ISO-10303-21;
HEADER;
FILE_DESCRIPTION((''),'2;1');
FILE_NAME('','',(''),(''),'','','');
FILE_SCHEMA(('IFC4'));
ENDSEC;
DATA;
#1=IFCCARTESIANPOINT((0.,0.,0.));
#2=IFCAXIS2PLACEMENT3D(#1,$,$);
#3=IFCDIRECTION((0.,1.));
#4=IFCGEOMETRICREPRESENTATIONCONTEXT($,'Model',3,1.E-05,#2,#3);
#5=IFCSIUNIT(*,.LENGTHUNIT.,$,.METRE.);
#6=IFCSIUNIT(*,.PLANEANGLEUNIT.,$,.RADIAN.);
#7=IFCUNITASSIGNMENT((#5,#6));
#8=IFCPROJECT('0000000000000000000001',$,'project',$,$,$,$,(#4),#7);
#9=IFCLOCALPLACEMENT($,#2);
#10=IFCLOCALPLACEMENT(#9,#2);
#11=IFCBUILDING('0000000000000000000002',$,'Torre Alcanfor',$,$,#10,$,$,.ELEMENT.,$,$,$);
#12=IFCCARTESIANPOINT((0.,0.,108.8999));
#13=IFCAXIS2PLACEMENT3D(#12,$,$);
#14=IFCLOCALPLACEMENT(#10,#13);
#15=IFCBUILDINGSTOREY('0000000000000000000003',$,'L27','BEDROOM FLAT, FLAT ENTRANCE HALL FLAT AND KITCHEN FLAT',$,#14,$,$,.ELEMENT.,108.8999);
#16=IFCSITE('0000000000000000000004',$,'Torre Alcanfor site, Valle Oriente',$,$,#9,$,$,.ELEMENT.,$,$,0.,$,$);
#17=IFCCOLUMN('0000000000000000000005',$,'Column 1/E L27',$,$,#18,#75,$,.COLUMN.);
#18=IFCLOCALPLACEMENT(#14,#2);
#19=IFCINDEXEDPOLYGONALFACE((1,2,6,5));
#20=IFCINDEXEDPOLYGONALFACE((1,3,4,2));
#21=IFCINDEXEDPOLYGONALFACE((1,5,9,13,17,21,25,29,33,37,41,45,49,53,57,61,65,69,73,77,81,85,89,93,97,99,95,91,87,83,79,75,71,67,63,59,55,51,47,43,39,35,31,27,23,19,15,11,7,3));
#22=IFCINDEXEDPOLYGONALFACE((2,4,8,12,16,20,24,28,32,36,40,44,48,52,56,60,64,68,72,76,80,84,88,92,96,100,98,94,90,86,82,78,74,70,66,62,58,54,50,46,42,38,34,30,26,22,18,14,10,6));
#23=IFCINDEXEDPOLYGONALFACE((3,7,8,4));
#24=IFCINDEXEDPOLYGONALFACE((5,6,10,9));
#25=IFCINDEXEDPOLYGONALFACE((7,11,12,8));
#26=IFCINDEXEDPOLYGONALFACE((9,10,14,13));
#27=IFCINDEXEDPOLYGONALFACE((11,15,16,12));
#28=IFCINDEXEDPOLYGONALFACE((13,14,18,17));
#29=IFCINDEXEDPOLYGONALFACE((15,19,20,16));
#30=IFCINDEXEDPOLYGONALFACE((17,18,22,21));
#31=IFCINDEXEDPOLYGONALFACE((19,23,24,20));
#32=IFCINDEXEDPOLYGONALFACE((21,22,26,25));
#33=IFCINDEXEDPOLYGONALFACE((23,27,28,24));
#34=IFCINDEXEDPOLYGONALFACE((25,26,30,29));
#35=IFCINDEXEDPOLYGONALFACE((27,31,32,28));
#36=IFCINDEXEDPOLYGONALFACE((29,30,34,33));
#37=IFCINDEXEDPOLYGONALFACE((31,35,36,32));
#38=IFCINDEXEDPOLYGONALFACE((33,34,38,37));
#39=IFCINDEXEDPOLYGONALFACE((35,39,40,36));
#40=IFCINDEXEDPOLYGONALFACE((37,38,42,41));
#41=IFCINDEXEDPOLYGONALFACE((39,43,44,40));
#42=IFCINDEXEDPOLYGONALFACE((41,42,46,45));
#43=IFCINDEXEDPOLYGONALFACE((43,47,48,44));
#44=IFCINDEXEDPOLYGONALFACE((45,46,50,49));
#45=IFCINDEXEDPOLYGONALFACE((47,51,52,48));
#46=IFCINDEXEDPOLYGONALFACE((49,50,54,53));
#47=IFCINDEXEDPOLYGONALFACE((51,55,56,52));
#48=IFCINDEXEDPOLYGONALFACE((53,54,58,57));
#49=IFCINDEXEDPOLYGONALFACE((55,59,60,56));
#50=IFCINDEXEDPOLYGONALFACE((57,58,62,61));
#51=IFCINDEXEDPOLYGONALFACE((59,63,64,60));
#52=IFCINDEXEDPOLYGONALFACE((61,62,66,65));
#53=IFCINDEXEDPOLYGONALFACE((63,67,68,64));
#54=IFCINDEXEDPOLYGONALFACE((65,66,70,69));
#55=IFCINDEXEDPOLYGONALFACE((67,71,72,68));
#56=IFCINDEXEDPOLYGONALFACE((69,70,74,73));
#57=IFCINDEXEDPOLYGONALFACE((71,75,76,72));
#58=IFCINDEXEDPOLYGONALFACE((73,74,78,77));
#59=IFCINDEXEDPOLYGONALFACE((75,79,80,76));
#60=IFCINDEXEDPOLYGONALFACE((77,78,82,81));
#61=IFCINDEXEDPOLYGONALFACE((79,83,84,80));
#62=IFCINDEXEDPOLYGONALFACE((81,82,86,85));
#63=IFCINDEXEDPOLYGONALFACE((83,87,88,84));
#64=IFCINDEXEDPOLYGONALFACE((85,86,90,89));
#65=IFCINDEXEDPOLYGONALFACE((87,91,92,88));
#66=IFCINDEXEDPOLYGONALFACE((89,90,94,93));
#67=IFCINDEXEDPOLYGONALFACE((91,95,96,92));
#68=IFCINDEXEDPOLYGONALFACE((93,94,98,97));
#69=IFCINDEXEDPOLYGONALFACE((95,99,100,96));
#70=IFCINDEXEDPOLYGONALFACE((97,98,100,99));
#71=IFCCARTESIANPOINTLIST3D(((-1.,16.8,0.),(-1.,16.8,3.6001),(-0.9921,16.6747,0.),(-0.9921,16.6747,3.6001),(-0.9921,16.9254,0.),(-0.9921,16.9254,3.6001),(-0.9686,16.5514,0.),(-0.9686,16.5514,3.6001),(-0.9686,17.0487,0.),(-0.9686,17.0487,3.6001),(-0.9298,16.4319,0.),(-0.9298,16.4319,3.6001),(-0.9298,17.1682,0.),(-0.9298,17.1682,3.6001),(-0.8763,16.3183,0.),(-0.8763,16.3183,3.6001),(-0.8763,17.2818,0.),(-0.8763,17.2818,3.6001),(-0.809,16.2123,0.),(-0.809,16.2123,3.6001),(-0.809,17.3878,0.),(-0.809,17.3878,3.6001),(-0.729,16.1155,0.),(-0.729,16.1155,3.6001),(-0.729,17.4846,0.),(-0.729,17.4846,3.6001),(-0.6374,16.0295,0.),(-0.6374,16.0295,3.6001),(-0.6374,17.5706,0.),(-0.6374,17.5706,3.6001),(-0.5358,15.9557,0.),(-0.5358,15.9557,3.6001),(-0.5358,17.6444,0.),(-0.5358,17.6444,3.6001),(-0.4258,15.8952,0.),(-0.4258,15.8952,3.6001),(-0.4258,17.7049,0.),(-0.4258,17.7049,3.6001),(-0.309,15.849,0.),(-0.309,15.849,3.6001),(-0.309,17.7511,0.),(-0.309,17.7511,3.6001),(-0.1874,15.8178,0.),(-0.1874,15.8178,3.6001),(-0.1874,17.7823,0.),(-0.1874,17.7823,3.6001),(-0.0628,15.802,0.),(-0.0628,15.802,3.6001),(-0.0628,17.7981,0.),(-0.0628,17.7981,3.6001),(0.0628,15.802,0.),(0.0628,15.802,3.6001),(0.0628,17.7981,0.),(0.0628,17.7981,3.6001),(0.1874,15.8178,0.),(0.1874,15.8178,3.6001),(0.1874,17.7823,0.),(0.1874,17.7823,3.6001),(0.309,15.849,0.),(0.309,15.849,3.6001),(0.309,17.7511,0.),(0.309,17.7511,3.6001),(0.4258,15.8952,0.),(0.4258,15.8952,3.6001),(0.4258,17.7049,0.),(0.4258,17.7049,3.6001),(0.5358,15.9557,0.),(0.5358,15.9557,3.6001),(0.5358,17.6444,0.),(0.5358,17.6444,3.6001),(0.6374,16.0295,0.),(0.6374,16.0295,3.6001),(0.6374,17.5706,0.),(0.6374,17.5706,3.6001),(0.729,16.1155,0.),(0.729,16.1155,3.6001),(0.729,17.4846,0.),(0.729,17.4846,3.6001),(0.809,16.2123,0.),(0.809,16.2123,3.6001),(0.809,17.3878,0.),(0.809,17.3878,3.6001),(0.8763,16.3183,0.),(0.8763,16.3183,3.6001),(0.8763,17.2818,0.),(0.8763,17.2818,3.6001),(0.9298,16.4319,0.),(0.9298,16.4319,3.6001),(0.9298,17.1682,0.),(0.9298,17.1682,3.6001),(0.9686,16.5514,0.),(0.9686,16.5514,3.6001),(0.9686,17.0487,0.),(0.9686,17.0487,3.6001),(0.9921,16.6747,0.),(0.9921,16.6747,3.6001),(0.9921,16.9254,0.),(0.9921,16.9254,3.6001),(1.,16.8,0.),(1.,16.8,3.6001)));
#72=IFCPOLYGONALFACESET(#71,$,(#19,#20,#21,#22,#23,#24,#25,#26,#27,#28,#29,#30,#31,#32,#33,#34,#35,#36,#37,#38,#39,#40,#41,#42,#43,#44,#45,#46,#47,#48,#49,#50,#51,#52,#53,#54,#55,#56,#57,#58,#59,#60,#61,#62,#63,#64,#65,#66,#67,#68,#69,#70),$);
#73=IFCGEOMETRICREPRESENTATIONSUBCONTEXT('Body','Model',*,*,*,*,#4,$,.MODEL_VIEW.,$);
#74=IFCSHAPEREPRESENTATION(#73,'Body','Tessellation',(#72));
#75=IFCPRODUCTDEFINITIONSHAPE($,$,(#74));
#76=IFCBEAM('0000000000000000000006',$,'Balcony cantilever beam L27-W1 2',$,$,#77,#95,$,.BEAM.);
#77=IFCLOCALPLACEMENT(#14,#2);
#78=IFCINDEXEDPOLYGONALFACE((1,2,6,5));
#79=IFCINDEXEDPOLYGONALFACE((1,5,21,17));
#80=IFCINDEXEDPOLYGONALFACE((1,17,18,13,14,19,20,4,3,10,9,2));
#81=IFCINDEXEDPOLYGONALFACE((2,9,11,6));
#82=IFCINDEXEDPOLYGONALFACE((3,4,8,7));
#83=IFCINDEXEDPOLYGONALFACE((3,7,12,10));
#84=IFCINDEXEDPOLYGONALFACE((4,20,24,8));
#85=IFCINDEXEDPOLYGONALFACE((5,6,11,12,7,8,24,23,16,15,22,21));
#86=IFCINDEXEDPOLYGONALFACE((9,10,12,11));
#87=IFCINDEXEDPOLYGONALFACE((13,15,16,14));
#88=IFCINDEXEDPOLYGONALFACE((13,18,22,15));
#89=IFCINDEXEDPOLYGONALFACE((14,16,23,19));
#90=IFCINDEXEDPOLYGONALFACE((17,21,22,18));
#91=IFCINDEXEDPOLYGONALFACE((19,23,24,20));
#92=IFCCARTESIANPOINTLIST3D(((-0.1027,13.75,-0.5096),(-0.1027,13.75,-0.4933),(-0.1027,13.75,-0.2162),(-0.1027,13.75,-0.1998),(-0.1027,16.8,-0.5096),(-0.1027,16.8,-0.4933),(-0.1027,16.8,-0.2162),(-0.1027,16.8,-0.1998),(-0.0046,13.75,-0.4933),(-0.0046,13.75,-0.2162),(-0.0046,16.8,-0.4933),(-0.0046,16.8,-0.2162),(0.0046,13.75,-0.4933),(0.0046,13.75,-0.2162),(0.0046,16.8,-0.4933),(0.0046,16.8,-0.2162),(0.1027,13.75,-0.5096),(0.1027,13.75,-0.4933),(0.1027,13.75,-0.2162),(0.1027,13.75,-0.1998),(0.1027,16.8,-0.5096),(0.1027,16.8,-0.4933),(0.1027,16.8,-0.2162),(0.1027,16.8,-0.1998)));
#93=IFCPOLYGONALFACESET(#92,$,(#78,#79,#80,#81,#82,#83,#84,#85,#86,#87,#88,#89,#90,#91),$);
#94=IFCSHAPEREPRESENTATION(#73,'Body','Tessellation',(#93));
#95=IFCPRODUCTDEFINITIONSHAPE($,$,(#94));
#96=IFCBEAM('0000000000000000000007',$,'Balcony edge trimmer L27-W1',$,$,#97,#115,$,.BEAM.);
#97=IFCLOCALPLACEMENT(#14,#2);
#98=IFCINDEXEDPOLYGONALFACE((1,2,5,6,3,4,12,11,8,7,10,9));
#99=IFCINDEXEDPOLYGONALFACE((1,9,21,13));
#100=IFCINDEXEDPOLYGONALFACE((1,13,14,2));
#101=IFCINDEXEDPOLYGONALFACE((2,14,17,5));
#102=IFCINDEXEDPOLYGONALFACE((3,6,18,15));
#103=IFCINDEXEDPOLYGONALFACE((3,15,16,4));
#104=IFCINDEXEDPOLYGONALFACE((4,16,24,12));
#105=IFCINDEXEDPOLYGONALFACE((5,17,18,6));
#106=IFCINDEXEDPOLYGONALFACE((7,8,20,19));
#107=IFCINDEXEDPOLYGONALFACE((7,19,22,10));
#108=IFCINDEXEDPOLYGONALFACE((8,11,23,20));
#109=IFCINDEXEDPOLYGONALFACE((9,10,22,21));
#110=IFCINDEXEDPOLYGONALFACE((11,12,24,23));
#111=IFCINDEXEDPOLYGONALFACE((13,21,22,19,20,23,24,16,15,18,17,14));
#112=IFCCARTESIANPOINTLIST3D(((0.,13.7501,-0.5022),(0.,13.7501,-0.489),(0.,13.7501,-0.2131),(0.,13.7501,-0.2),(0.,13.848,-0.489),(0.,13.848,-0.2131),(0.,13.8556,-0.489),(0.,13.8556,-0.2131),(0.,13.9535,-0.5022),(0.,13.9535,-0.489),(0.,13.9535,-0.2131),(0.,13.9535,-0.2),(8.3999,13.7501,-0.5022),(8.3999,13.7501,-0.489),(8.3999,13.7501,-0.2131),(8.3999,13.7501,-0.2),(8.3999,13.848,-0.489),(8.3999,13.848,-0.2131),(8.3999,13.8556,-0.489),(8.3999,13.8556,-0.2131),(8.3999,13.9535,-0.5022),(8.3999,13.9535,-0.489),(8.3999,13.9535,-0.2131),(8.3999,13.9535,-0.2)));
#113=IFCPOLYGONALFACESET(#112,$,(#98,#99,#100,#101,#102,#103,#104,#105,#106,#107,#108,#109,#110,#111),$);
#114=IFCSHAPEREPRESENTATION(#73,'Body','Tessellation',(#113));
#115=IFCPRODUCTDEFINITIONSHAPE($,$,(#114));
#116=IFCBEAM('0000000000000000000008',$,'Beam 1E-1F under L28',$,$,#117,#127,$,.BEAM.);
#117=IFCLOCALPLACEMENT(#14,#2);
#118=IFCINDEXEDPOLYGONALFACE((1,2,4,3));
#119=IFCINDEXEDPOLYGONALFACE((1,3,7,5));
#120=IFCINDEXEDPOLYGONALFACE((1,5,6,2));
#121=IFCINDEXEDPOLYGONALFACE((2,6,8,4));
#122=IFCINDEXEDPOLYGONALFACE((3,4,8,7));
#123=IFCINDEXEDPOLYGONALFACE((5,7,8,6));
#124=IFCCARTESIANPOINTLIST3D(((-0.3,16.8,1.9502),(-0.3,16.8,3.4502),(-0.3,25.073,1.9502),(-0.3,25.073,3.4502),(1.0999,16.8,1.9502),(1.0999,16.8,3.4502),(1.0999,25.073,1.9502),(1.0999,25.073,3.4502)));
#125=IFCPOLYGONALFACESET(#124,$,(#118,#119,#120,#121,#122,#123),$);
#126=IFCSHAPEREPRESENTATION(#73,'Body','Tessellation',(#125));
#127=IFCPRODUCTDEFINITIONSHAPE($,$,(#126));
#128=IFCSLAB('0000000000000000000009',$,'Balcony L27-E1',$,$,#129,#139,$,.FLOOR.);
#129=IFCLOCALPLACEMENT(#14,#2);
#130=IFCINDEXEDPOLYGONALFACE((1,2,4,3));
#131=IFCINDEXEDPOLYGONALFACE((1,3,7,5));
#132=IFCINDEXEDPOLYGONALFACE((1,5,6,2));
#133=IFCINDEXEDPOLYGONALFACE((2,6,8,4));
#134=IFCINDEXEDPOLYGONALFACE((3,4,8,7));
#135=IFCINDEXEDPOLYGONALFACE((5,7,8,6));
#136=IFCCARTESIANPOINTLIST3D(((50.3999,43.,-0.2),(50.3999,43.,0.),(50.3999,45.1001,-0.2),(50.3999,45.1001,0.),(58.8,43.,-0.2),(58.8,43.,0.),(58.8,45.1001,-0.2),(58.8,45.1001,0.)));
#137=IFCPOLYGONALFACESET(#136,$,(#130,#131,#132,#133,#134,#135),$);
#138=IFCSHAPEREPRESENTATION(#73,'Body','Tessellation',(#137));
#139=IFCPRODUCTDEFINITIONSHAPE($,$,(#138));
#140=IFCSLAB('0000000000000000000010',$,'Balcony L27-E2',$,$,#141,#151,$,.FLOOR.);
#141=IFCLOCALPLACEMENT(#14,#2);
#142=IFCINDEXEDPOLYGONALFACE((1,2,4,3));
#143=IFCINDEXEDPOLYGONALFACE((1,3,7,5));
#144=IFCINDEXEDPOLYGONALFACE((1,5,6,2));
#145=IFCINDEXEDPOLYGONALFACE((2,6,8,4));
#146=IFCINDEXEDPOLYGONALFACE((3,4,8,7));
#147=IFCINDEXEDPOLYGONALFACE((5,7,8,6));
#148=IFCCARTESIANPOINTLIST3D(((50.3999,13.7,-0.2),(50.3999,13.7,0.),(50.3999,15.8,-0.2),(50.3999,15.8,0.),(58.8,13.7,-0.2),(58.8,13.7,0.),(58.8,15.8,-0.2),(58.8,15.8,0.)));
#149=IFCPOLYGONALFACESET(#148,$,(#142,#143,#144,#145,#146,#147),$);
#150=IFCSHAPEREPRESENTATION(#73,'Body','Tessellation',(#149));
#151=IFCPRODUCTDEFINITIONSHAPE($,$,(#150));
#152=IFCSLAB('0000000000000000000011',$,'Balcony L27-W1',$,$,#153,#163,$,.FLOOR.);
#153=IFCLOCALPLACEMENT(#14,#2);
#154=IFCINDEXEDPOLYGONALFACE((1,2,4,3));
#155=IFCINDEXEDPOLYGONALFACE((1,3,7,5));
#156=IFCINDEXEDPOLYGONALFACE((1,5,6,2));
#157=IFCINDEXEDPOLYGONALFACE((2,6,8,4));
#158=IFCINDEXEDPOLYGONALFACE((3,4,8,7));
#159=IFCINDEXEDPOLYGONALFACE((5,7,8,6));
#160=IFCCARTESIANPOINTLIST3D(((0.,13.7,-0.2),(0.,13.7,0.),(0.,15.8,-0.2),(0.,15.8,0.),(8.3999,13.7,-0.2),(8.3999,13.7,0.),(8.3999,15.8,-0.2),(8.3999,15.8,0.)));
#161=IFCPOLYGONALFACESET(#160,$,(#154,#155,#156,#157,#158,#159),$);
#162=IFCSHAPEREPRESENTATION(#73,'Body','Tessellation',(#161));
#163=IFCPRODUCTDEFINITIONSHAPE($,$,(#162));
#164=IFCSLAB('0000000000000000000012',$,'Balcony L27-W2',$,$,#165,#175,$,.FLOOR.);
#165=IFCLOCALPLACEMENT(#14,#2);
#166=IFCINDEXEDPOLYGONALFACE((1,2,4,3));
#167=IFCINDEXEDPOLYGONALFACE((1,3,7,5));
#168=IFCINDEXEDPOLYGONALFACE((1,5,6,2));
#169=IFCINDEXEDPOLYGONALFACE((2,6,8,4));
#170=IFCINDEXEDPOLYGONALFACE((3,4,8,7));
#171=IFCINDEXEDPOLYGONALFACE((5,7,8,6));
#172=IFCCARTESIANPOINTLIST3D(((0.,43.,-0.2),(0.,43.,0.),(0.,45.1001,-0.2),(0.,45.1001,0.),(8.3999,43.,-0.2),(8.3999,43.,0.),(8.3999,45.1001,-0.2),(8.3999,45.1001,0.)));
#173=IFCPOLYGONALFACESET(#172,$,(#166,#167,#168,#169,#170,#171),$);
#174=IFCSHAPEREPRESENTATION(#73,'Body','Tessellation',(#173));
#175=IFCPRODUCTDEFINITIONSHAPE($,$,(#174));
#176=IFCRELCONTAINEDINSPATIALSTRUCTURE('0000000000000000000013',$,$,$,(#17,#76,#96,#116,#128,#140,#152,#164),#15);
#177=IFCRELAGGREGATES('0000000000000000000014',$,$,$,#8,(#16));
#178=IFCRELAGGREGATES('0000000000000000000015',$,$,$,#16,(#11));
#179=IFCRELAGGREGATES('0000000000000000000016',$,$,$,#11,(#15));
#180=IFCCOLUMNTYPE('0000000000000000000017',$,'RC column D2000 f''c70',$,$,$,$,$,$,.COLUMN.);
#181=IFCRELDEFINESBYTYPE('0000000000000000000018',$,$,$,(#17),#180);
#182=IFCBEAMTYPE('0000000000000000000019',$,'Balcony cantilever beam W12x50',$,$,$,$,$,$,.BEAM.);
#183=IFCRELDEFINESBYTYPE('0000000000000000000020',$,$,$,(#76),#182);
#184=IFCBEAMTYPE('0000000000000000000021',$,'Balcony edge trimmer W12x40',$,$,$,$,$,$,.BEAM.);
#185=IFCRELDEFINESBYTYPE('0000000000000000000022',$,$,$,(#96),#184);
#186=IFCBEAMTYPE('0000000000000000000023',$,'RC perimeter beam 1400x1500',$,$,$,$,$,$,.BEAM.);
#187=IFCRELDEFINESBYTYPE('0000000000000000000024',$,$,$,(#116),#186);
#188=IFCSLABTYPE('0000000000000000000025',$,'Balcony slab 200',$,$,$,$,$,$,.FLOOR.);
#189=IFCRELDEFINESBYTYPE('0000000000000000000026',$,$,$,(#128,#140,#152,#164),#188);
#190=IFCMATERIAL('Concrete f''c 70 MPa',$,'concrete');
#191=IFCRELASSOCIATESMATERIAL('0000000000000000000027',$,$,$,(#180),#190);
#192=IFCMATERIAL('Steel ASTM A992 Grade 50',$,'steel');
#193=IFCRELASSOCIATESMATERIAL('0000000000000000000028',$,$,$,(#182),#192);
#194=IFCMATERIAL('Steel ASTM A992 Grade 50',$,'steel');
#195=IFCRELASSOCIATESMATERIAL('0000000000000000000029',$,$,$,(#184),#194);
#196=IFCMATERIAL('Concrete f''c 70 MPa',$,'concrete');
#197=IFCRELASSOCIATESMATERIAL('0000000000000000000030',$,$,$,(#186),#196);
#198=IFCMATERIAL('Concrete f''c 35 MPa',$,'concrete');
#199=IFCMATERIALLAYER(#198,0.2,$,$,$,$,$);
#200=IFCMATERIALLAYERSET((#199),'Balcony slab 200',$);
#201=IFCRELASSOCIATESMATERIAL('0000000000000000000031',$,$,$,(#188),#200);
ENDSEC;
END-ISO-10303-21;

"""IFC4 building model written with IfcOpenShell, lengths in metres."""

from ifc_helpers import new_model, si_unit, direction, frame, origin, origin_2d, place, context, subcontext, project, spatial, polyline, rectangle, circle, i_section, outline, extrude, material, layer, layer_set, material_profile, profile_set, type_object, element, save


model = new_model("IFC4")

# Units and contexts
model_context = context("Model", 3, precision=1e-05, world=origin(), true_north=direction((0.0, 1.0)))
body_context = subcontext(model_context, "Body", "Model", "MODEL_VIEW")
ifc_project = project(units=[si_unit("LENGTHUNIT", "METRE"), si_unit("PLANEANGLEUNIT", "RADIAN")], contexts=[model_context])

# Site, building, storey
site_placement = place(None, origin())
site = spatial("IfcSite", under=ifc_project, at=site_placement, Name="Torre Alcanfor site, Valle Oriente", CompositionType="ELEMENT", RefElevation=0.0)
building_placement = place(site_placement, origin())
building = spatial("IfcBuilding", under=site, at=building_placement, Name="Torre Alcanfor", CompositionType="ELEMENT")
storey_placement = place(building_placement, frame((0.0, 0.0, 108.8999)))
storey = spatial("IfcBuildingStorey", under=building, at=storey_placement, Name="L27", Description="BEDROOM FLAT, FLAT ENTRANCE HALL FLAT AND KITCHEN FLAT", CompositionType="ELEMENT", Elevation=108.8999)

# Column
ifc_material_1 = material(Name="Concrete f'c 70 MPa", Category="concrete")
ifc_material_profile_1 = material_profile(ifc_material_1, circle(Radius=1.0, at=origin_2d()), Name="D2000")
ifc_profile_set_1 = profile_set([ifc_material_profile_1], Name="Concrete f'c 70 MPa")
column_type = type_object("IfcColumnType", Name="RC column D2000 f'c70", PredefinedType="COLUMN", material=ifc_profile_set_1)
column_placement = place(storey_placement, frame((0.0, 16.8, 0.0), z_axis=(0.0, 0.0, 1.0), x_axis=(1.0, 0.0, 0.0)))
element("IfcColumn", 1, at=column_placement, inside=storey, type_object=column_type, Name="Column 1/E L27", PredefinedType="COLUMN", context=body_context, shape_type="SweptSolid", body=[
    extrude(circle(Radius=1.0, at=origin_2d()), origin(), (0.0, 0.0, 1.0), 3.6001),
])

# Beams
ifc_material_2 = material(Name="Steel ASTM A992 Grade 50", Category="steel")
ifc_material_profile_2 = material_profile(ifc_material_2, i_section(OverallWidth=0.2053, OverallDepth=0.3098, WebThickness=0.0093, FlangeThickness=0.0164, at=origin_2d()), Name="W12x50")
ifc_profile_set_2 = profile_set([ifc_material_profile_2], Name="Steel ASTM A992 Grade 50")
beam_type_1 = type_object("IfcBeamType", Name="Balcony cantilever beam W12x50", PredefinedType="BEAM", material=ifc_profile_set_2)
beam_1_placement = place(storey_placement, frame((0.0, 16.8, -0.3547), z_axis=(0.0, -1.0, 0.0), x_axis=(1.0, 0.0, 0.0)))
element("IfcBeam", 2, at=beam_1_placement, inside=storey, type_object=beam_type_1, Name="Balcony cantilever beam L27-W1 2", PredefinedType="BEAM", context=body_context, shape_type="SweptSolid", body=[
    extrude(i_section(OverallWidth=0.2053, OverallDepth=0.3098, WebThickness=0.0093, FlangeThickness=0.0164, at=origin_2d()), origin(), (0.0, 0.0, 1.0), 3.05),
])
ifc_material_3 = material(Name="Steel ASTM A992 Grade 50", Category="steel")
ifc_material_profile_3 = material_profile(ifc_material_3, i_section(OverallWidth=0.2034, OverallDepth=0.3022, WebThickness=0.0076, FlangeThickness=0.0132, at=origin_2d()), Name="W12x40")
ifc_profile_set_3 = profile_set([ifc_material_profile_3], Name="Steel ASTM A992 Grade 50")
beam_type_2 = type_object("IfcBeamType", Name="Balcony edge trimmer W12x40", PredefinedType="BEAM", material=ifc_profile_set_3)
beam_2_placement = place(storey_placement, frame((8.3999, 13.8518, -0.3511), z_axis=(-1.0, 0.0, 0.0), x_axis=(0.0, -1.0, 0.0)))
element("IfcBeam", 3, at=beam_2_placement, inside=storey, type_object=beam_type_2, Name="Balcony edge trimmer L27-W1", PredefinedType="BEAM", context=body_context, shape_type="SweptSolid", body=[
    extrude(i_section(OverallWidth=0.2034, OverallDepth=0.3022, WebThickness=0.0076, FlangeThickness=0.0132, at=origin_2d()), origin(), (0.0, 0.0, 1.0), 8.3999),
])
ifc_material_4 = material(Name="Concrete f'c 70 MPa", Category="concrete")
ifc_material_profile_4 = material_profile(ifc_material_4, rectangle(XDim=1.3999, YDim=1.5, at=origin_2d()), Name="1400x1500")
ifc_profile_set_4 = profile_set([ifc_material_profile_4], Name="Concrete f'c 70 MPa")
beam_type_3 = type_object("IfcBeamType", Name="RC perimeter beam 1400x1500", PredefinedType="BEAM", material=ifc_profile_set_4)
beam_3_placement = place(storey_placement, frame((0.3999, 16.8, 2.7002), z_axis=(0.0, 1.0, 0.0), x_axis=(-1.0, 0.0, 0.0)))
element("IfcBeam", 4, at=beam_3_placement, inside=storey, type_object=beam_type_3, Name="Beam 1E-1F under L28", PredefinedType="BEAM", context=body_context, shape_type="SweptSolid", body=[
    extrude(rectangle(XDim=1.3999, YDim=1.5, at=origin_2d()), origin(), (0.0, 0.0, 1.0), 8.2729),
])

# Slabs
ifc_material_5 = material(Name="Concrete f'c 35 MPa", Category="concrete")
ifc_layer_1 = layer(ifc_material_5, 0.2)
ifc_layer_set_1 = layer_set([ifc_layer_1], Name="Balcony slab 200")
slab_type_1 = type_object("IfcSlabType", Name="Balcony slab 200", PredefinedType="FLOOR", material=ifc_layer_set_1)
slab_1_placement = place(storey_placement, frame((0.0, 0.0, -0.2)))
element("IfcSlab", 5, at=slab_1_placement, inside=storey, type_object=slab_type_1, Name="Balcony L27-E1", PredefinedType="FLOOR", context=body_context, shape_type="SweptSolid", body=[
    extrude(outline(polyline([(50.3999, 43.0), (58.8, 43.0), (58.8, 45.1001), (50.3999, 45.1001), (50.3999, 43.0)])), origin(), (0.0, 0.0, 1.0), 0.2),
])
slab_2_placement = place(storey_placement, frame((0.0, 0.0, -0.2)))
element("IfcSlab", 6, at=slab_2_placement, inside=storey, type_object=slab_type_1, Name="Balcony L27-E2", PredefinedType="FLOOR", context=body_context, shape_type="SweptSolid", body=[
    extrude(outline(polyline([(50.3999, 13.7), (58.8, 13.7), (58.8, 15.8), (50.3999, 15.8), (50.3999, 13.7)])), origin(), (0.0, 0.0, 1.0), 0.2),
])
slab_3_placement = place(storey_placement, frame((0.0, 0.0, -0.2)))
element("IfcSlab", 7, at=slab_3_placement, inside=storey, type_object=slab_type_1, Name="Balcony L27-W1", PredefinedType="FLOOR", context=body_context, shape_type="SweptSolid", body=[
    extrude(outline(polyline([(8.3999, 15.8), (0.0, 15.8), (0.0, 13.7), (8.3999, 13.7), (8.3999, 15.8)])), origin(), (0.0, 0.0, 1.0), 0.2),
])
slab_4_placement = place(storey_placement, frame((0.0, 0.0, -0.2)))
element("IfcSlab", 8, at=slab_4_placement, inside=storey, type_object=slab_type_1, Name="Balcony L27-W2", PredefinedType="FLOOR", context=body_context, shape_type="SweptSolid", body=[
    extrude(outline(polyline([(8.3999, 45.1001), (0.0, 45.1001), (0.0, 43.0), (8.3999, 43.0), (8.3999, 45.1001)])), origin(), (0.0, 0.0, 1.0), 0.2),
])

save(model, "model.ifc")
